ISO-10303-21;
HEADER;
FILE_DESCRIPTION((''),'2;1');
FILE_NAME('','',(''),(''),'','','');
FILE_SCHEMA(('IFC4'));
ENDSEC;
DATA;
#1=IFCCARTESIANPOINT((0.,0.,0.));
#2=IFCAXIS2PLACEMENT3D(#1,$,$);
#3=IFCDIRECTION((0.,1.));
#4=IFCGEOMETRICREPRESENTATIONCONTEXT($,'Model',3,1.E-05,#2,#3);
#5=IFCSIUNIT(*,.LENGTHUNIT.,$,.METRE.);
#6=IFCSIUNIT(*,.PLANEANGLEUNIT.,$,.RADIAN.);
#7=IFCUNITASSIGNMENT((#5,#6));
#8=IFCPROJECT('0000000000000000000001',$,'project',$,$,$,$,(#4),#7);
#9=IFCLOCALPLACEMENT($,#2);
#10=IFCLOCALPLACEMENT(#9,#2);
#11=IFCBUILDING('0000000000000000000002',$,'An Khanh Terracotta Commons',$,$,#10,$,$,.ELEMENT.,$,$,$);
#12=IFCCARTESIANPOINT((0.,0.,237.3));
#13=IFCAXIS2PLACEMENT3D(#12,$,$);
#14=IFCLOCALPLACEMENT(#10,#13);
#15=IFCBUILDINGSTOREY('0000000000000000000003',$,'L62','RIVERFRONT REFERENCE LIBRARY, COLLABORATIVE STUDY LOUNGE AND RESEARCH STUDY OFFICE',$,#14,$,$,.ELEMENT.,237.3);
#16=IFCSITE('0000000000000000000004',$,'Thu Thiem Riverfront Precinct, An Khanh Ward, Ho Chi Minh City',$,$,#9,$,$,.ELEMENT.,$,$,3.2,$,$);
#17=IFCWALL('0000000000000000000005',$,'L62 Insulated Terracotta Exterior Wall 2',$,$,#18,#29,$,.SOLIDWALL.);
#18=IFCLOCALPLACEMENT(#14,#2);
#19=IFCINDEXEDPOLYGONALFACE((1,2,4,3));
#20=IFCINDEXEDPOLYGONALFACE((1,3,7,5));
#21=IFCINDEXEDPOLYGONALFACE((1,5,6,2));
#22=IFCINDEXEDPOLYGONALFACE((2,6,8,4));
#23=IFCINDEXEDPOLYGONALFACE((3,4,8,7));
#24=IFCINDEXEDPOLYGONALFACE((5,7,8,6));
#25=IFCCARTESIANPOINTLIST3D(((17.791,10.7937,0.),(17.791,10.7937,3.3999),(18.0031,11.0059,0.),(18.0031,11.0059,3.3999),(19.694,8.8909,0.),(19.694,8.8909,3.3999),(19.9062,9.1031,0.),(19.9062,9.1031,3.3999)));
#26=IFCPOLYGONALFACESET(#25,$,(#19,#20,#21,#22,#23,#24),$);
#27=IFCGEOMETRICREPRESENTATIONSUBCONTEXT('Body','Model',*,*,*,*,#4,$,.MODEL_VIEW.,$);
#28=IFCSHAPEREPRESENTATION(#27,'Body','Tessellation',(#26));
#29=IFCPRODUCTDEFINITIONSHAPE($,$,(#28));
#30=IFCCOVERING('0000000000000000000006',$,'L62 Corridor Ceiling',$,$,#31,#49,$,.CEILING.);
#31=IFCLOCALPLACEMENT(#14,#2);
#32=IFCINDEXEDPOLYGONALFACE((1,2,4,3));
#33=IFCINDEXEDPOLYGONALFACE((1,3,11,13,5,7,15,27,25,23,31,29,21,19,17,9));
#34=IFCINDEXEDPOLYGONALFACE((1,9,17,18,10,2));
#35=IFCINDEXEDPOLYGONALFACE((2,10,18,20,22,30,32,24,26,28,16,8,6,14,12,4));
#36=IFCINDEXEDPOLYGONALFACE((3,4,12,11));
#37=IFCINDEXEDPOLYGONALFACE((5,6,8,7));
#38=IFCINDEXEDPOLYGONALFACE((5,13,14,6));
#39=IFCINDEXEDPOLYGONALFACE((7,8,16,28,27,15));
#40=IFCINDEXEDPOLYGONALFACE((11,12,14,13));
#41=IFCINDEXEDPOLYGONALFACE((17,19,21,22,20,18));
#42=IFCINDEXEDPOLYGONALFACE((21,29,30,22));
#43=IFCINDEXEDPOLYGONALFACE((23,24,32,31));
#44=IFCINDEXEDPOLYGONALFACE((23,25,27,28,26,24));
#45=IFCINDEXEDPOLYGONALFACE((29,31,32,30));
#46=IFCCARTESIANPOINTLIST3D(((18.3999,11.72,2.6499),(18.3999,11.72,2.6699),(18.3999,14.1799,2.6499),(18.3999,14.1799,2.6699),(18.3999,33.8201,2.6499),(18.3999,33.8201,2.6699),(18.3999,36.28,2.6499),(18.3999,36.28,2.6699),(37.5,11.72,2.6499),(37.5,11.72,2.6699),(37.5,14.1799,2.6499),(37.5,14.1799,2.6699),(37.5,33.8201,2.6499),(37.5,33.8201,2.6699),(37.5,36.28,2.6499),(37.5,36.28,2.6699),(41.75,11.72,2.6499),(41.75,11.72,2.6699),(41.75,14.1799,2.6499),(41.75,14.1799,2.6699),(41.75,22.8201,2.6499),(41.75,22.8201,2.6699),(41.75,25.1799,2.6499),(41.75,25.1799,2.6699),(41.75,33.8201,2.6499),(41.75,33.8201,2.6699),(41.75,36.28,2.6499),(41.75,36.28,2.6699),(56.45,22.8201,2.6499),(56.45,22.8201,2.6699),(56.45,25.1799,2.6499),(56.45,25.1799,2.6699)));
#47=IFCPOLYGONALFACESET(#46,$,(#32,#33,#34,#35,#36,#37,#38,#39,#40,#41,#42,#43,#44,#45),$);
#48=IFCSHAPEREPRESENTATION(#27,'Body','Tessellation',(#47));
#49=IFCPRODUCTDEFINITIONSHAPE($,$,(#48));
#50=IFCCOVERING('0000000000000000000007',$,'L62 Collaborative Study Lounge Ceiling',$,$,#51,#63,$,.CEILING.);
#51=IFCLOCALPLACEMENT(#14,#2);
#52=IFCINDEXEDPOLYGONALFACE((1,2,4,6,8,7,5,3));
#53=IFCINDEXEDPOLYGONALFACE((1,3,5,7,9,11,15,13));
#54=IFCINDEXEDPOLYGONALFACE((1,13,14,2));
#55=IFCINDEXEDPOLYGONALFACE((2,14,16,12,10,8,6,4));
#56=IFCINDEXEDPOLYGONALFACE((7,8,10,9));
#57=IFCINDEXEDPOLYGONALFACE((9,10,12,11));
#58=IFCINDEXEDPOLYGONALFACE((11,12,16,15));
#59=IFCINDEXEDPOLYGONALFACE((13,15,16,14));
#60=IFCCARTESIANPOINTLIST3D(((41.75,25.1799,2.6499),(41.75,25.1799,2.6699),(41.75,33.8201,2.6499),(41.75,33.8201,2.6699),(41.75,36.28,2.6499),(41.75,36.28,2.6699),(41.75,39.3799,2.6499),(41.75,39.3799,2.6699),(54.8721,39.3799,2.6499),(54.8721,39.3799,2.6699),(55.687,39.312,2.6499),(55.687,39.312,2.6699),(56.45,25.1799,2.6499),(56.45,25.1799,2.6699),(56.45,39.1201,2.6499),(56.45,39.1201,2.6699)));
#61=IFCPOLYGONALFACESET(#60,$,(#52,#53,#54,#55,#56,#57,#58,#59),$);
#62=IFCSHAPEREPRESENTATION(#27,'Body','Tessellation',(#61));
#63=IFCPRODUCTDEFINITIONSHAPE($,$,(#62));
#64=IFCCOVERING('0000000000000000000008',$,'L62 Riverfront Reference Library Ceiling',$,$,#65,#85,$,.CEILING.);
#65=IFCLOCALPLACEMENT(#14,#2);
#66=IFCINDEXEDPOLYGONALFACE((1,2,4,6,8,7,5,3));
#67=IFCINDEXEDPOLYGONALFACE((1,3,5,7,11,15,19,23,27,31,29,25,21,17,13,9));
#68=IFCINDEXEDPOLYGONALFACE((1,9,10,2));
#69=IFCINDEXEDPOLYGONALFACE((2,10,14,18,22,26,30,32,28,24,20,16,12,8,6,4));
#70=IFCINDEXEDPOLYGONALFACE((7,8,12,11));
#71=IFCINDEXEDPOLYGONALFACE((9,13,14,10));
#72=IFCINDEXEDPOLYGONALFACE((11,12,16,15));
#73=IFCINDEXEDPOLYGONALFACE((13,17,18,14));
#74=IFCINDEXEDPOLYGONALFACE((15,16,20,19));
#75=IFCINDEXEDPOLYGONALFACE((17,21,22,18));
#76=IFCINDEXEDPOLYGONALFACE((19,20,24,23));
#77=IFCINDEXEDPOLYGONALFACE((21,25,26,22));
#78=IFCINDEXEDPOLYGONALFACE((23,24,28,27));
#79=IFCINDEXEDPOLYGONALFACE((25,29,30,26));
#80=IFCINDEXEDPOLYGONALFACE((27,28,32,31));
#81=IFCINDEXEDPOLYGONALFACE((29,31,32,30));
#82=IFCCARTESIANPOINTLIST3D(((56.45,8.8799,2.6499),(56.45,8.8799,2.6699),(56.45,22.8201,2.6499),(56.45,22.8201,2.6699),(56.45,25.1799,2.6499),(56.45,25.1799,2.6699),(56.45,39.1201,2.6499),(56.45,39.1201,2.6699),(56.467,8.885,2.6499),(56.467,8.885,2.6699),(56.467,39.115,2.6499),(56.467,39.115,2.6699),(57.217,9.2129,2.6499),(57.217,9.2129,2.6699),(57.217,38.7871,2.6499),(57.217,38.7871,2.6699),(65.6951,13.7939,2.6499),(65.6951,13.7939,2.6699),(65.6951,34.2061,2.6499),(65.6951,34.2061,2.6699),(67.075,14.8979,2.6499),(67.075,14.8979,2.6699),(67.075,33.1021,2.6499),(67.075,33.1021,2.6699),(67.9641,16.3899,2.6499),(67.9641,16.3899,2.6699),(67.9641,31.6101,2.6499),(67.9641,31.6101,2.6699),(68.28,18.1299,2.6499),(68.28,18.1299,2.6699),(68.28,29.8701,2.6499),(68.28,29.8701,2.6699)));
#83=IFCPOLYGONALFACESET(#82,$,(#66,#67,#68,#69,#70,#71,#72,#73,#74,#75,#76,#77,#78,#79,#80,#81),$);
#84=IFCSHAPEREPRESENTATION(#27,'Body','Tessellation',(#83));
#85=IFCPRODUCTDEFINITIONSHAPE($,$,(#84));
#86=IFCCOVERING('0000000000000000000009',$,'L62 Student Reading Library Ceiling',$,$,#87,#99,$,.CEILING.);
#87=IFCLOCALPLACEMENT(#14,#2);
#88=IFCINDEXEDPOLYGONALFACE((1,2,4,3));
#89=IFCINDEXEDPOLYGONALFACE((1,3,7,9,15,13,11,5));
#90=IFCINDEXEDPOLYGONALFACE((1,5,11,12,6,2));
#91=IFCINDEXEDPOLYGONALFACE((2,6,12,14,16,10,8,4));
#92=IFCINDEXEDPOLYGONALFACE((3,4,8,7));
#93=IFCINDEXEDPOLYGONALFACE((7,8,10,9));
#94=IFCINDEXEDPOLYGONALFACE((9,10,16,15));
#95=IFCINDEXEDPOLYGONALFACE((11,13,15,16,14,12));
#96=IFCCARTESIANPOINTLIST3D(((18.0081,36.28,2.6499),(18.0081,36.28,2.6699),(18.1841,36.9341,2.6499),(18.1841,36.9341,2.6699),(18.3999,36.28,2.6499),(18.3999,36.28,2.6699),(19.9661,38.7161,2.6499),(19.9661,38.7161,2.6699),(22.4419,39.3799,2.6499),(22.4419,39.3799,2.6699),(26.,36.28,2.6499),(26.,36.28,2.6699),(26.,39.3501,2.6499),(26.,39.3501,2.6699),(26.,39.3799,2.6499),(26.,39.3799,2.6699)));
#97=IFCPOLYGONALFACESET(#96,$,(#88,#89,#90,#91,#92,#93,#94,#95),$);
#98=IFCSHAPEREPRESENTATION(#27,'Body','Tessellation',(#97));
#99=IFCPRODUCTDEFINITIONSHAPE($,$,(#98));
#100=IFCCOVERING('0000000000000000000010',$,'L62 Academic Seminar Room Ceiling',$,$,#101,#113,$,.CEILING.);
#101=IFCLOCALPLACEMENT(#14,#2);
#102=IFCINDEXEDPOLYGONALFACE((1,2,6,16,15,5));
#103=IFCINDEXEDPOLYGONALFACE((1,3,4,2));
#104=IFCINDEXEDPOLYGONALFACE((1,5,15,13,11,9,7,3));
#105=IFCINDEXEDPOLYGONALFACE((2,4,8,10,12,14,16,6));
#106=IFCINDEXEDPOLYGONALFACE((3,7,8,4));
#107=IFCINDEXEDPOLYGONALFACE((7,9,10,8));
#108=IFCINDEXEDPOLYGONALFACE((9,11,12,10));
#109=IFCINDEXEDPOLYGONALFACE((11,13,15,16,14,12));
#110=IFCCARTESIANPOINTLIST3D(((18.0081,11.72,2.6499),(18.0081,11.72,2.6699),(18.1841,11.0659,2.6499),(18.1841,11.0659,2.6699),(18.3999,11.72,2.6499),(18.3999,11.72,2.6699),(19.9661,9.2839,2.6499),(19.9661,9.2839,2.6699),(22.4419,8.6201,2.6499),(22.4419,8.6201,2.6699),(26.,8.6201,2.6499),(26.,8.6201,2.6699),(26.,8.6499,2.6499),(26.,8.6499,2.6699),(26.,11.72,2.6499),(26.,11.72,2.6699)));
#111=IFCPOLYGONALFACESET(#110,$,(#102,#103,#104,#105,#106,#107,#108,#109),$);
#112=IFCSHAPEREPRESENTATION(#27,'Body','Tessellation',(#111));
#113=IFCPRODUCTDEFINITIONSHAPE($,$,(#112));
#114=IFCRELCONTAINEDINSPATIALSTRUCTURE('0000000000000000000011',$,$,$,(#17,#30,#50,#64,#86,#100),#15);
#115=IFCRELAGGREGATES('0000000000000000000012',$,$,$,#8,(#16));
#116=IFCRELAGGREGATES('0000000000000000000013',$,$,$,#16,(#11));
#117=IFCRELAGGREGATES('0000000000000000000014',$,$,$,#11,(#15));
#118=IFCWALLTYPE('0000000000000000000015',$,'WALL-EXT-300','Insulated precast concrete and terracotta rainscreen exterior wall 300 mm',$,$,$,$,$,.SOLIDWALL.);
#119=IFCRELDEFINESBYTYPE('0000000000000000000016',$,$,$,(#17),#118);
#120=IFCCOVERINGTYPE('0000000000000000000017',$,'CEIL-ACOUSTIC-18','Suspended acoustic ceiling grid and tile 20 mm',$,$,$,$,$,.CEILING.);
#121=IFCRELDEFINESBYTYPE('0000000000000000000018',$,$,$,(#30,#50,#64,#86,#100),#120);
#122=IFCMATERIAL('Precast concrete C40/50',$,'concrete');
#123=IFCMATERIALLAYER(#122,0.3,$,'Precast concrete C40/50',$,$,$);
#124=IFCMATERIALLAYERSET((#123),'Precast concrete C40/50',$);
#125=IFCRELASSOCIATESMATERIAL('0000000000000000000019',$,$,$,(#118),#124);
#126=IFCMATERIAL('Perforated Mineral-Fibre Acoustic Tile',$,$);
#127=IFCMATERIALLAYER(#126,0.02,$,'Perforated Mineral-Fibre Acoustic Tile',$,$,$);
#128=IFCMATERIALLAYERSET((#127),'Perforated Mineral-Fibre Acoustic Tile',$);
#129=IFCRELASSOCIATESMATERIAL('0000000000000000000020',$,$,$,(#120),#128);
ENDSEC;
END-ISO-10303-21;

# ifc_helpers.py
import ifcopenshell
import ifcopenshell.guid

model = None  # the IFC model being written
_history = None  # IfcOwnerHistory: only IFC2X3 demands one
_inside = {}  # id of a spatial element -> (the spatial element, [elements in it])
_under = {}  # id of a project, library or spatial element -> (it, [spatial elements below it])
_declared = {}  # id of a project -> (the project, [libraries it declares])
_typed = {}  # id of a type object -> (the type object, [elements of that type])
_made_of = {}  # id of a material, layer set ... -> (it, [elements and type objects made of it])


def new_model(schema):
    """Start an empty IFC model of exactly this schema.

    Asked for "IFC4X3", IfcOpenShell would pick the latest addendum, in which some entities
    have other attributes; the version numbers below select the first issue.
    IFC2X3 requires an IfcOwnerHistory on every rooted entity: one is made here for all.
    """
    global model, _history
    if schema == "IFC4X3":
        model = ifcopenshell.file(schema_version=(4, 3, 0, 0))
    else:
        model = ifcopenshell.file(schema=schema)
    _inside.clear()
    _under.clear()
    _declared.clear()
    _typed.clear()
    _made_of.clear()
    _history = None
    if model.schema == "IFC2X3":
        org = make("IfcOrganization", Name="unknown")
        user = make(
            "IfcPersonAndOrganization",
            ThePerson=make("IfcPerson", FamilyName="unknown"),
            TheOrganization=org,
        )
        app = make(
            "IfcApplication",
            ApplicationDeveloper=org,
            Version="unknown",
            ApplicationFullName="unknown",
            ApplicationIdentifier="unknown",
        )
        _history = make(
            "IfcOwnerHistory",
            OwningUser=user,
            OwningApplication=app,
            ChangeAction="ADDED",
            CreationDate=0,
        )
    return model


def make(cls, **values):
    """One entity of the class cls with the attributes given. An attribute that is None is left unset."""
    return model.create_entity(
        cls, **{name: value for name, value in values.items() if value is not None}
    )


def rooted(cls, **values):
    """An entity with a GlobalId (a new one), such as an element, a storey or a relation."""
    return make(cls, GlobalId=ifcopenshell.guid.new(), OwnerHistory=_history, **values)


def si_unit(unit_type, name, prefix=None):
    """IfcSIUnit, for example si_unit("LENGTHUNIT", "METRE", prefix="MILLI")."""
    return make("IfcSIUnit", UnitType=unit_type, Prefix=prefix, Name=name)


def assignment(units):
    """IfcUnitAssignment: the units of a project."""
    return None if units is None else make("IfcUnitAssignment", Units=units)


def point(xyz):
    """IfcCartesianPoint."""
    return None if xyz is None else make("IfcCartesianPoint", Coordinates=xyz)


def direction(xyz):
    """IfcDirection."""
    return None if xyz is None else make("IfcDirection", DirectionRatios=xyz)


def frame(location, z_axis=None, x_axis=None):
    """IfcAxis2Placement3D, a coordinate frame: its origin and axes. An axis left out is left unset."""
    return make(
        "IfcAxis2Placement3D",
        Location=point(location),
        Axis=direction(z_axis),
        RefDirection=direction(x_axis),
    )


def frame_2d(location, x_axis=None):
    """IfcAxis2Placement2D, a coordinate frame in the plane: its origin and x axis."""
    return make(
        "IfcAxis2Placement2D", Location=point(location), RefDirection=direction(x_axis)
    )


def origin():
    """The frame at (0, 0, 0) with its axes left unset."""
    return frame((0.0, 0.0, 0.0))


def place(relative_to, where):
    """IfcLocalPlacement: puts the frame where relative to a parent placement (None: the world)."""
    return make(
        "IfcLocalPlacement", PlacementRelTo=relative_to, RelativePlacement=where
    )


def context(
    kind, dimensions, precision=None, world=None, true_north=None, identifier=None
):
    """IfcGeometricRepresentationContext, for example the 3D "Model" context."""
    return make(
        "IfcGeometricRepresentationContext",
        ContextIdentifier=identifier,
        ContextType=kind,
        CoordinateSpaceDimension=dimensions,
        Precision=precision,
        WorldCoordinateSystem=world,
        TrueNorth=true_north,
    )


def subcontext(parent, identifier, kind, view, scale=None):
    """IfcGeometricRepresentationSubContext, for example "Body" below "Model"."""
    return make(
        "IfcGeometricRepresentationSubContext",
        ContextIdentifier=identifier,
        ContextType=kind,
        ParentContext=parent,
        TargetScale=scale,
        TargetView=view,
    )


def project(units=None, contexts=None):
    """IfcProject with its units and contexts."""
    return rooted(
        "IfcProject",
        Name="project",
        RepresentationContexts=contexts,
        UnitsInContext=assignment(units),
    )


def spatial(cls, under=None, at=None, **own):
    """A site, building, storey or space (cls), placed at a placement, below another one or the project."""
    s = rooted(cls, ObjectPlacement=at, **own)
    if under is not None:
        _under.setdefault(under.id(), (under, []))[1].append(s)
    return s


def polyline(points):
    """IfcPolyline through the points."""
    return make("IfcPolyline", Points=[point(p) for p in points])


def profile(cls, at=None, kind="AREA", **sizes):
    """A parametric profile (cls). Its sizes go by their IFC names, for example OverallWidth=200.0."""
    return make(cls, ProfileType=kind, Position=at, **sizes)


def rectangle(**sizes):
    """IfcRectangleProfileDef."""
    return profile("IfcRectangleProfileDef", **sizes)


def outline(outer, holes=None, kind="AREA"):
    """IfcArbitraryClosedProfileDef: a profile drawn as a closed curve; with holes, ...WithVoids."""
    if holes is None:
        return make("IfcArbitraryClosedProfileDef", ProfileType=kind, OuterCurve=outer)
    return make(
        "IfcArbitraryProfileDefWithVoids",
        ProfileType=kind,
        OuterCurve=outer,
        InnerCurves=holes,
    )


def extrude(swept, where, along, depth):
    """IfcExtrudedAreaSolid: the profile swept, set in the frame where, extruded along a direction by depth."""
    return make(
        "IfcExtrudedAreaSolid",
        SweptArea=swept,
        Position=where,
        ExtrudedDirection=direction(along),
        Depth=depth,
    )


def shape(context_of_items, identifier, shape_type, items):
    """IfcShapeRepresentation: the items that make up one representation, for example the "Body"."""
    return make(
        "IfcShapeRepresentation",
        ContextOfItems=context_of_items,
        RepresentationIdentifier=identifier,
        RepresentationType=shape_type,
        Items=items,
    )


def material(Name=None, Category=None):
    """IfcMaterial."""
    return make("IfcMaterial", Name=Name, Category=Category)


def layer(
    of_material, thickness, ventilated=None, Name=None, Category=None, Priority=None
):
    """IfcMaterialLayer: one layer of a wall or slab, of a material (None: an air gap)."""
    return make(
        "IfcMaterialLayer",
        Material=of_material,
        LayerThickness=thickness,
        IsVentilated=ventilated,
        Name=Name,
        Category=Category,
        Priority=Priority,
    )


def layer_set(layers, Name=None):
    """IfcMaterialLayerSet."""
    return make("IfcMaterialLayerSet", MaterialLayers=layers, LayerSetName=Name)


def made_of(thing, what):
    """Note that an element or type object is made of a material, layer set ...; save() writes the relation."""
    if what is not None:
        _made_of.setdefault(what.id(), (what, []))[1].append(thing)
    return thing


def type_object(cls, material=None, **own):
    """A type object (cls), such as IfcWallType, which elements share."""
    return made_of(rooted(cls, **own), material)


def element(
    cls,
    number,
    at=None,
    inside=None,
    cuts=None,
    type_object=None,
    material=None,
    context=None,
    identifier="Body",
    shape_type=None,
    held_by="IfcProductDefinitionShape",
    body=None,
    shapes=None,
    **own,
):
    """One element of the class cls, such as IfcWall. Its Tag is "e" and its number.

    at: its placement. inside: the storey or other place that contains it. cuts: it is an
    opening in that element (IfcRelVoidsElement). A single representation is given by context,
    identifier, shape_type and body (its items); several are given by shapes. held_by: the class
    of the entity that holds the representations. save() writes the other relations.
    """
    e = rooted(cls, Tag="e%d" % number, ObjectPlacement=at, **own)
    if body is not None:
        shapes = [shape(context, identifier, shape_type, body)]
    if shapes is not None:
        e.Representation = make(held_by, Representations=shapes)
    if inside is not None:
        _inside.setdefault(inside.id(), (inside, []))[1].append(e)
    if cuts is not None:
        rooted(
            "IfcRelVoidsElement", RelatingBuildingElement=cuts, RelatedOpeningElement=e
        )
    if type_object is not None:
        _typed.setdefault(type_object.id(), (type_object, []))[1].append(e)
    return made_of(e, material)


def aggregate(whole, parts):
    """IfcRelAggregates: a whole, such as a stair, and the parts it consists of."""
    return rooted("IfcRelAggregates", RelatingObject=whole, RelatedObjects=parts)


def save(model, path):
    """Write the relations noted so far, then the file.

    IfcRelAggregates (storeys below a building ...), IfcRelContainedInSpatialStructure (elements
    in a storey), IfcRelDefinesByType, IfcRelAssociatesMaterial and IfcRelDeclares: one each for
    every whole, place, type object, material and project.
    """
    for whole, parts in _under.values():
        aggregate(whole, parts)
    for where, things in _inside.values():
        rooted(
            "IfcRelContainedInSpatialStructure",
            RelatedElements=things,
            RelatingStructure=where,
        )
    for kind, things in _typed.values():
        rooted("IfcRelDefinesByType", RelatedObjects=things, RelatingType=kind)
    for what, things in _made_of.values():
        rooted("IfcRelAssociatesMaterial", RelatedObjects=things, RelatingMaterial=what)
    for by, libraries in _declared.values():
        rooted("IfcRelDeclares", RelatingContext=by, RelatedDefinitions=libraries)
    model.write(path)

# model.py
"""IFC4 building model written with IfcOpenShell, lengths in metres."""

from ifc_helpers import new_model, si_unit, direction, frame, frame_2d, origin, place, context, subcontext, project, spatial, polyline, rectangle, outline, extrude, material, layer, layer_set, type_object, element, save


model = new_model("IFC4")

# Units and contexts
model_context = context("Model", 3, precision=1e-05, world=origin(), true_north=direction((0.0, 1.0)))
body_context = subcontext(model_context, "Body", "Model", "MODEL_VIEW")
ifc_project = project(units=[si_unit("LENGTHUNIT", "METRE"), si_unit("PLANEANGLEUNIT", "RADIAN")], contexts=[model_context])

# Site, building, storey
site_placement = place(None, origin())
site = spatial("IfcSite", under=ifc_project, at=site_placement, Name="Thu Thiem Riverfront Precinct, An Khanh Ward, Ho Chi Minh City", CompositionType="ELEMENT", RefElevation=3.2)
building_placement = place(site_placement, origin())
building = spatial("IfcBuilding", under=site, at=building_placement, Name="An Khanh Terracotta Commons", CompositionType="ELEMENT")
storey_placement = place(building_placement, frame((0.0, 0.0, 237.3)))
storey = spatial("IfcBuildingStorey", under=building, at=storey_placement, Name="L62", Description="RIVERFRONT REFERENCE LIBRARY, COLLABORATIVE STUDY LOUNGE AND RESEARCH STUDY OFFICE", CompositionType="ELEMENT", Elevation=237.3)

# Shared definitions
ifc_material_1 = material(Name="Precast concrete C40/50", Category="concrete")

# Wall
ifc_layer_1 = layer(ifc_material_1, 0.3, Name="Precast concrete C40/50")
ifc_layer_set_1 = layer_set([ifc_layer_1], Name="Precast concrete C40/50")
wall_type_1 = type_object("IfcWallType", Name="WALL-EXT-300", Description="Insulated precast concrete and terracotta rainscreen exterior wall 300 mm", PredefinedType="SOLIDWALL", material=ifc_layer_set_1)
wall_1_placement = place(storey_placement, frame((17.897, 10.8999, 0.0), z_axis=(0.0, 0.0, 1.0), x_axis=(0.707152, -0.707061, 0.0)))
element("IfcWall", 1, at=wall_1_placement, inside=storey, type_object=wall_type_1, Name="L62 Insulated Terracotta Exterior Wall 2", PredefinedType="SOLIDWALL", context=body_context, shape_type="SweptSolid", body=[
    extrude(rectangle(XDim=2.6912, YDim=0.3, at=frame_2d((1.3457, 0.0))), origin(), (0.0, 0.0, 1.0), 3.3999),
])

# Coverings
ifc_material_2 = material(Name="Perforated Mineral-Fibre Acoustic Tile")
ifc_layer_2 = layer(ifc_material_2, 0.02, Name="Perforated Mineral-Fibre Acoustic Tile")
ifc_layer_set_2 = layer_set([ifc_layer_2], Name="Perforated Mineral-Fibre Acoustic Tile")
covering_type = type_object("IfcCoveringType", Name="CEIL-ACOUSTIC-18", Description="Suspended acoustic ceiling grid and tile 20 mm", PredefinedType="CEILING", material=ifc_layer_set_2)
covering_1_placement = place(storey_placement, frame((0.0, 0.0, 2.6499)))
element("IfcCovering", 2, at=covering_1_placement, inside=storey, type_object=covering_type, Name="L62 Corridor Ceiling", PredefinedType="CEILING", context=body_context, shape_type="SweptSolid", body=[
    extrude(outline(polyline([(18.3999, 11.72), (18.3999, 14.1799), (37.5, 14.1799), (37.5, 33.8201), (18.3999, 33.8201), (18.3999, 36.28), (37.5, 36.28), (41.75, 36.28), (41.75, 33.8201), (41.75, 25.1799), (56.45, 25.1799), (56.45, 22.8201), (41.75, 22.8201), (41.75, 14.1799), (41.75, 11.72), (37.5, 11.72), (18.3999, 11.72)])), origin(), (0.0, 0.0, 1.0), 0.02),
])
covering_2_placement = place(storey_placement, frame((0.0, 0.0, 2.6499)))
element("IfcCovering", 3, at=covering_2_placement, inside=storey, type_object=covering_type, Name="L62 Collaborative Study Lounge Ceiling", PredefinedType="CEILING", context=body_context, shape_type="SweptSolid", body=[
    extrude(outline(polyline([(54.8721, 39.3799), (55.687, 39.312), (56.45, 39.1201), (56.45, 25.1799), (41.75, 25.1799), (41.75, 33.8201), (41.75, 36.28), (41.75, 39.3799), (54.8721, 39.3799)])), origin(), (0.0, 0.0, 1.0), 0.02),
])
covering_3_placement = place(storey_placement, frame((0.0, 0.0, 2.6499)))
element("IfcCovering", 4, at=covering_3_placement, inside=storey, type_object=covering_type, Name="L62 Riverfront Reference Library Ceiling", PredefinedType="CEILING", context=body_context, shape_type="SweptSolid", body=[
    extrude(outline(polyline([(56.467, 39.115), (57.217, 38.7871), (65.6951, 34.2061), (67.075, 33.1021), (67.9641, 31.6101), (68.28, 29.8701), (68.28, 18.1299), (67.9641, 16.3899), (67.075, 14.8979), (65.6951, 13.7939), (57.217, 9.2129), (56.467, 8.885), (56.45, 8.8799), (56.45, 22.8201), (56.45, 25.1799), (56.45, 39.1201), (56.467, 39.115)])), origin(), (0.0, 0.0, 1.0), 0.02),
])
covering_4_placement = place(storey_placement, frame((0.0, 0.0, 2.6499)))
element("IfcCovering", 5, at=covering_4_placement, inside=storey, type_object=covering_type, Name="L62 Student Reading Library Ceiling", PredefinedType="CEILING", context=body_context, shape_type="SweptSolid", body=[
    extrude(outline(polyline([(22.4419, 39.3799), (26.0, 39.3799), (26.0, 39.3501), (26.0, 36.28), (18.3999, 36.28), (18.0081, 36.28), (18.1841, 36.9341), (19.9661, 38.7161), (22.4419, 39.3799)])), origin(), (0.0, 0.0, 1.0), 0.02),
])
covering_5_placement = place(storey_placement, frame((0.0, 0.0, 2.6499)))
element("IfcCovering", 6, at=covering_5_placement, inside=storey, type_object=covering_type, Name="L62 Academic Seminar Room Ceiling", PredefinedType="CEILING", context=body_context, shape_type="SweptSolid", body=[
    extrude(outline(polyline([(22.4419, 8.6201), (19.9661, 9.2839), (18.1841, 11.0659), (18.0081, 11.72), (18.3999, 11.72), (26.0, 11.72), (26.0, 8.6499), (26.0, 8.6201), (22.4419, 8.6201)])), origin(), (0.0, 0.0, 1.0), 0.02),
])

save(model, "model.ifc")
